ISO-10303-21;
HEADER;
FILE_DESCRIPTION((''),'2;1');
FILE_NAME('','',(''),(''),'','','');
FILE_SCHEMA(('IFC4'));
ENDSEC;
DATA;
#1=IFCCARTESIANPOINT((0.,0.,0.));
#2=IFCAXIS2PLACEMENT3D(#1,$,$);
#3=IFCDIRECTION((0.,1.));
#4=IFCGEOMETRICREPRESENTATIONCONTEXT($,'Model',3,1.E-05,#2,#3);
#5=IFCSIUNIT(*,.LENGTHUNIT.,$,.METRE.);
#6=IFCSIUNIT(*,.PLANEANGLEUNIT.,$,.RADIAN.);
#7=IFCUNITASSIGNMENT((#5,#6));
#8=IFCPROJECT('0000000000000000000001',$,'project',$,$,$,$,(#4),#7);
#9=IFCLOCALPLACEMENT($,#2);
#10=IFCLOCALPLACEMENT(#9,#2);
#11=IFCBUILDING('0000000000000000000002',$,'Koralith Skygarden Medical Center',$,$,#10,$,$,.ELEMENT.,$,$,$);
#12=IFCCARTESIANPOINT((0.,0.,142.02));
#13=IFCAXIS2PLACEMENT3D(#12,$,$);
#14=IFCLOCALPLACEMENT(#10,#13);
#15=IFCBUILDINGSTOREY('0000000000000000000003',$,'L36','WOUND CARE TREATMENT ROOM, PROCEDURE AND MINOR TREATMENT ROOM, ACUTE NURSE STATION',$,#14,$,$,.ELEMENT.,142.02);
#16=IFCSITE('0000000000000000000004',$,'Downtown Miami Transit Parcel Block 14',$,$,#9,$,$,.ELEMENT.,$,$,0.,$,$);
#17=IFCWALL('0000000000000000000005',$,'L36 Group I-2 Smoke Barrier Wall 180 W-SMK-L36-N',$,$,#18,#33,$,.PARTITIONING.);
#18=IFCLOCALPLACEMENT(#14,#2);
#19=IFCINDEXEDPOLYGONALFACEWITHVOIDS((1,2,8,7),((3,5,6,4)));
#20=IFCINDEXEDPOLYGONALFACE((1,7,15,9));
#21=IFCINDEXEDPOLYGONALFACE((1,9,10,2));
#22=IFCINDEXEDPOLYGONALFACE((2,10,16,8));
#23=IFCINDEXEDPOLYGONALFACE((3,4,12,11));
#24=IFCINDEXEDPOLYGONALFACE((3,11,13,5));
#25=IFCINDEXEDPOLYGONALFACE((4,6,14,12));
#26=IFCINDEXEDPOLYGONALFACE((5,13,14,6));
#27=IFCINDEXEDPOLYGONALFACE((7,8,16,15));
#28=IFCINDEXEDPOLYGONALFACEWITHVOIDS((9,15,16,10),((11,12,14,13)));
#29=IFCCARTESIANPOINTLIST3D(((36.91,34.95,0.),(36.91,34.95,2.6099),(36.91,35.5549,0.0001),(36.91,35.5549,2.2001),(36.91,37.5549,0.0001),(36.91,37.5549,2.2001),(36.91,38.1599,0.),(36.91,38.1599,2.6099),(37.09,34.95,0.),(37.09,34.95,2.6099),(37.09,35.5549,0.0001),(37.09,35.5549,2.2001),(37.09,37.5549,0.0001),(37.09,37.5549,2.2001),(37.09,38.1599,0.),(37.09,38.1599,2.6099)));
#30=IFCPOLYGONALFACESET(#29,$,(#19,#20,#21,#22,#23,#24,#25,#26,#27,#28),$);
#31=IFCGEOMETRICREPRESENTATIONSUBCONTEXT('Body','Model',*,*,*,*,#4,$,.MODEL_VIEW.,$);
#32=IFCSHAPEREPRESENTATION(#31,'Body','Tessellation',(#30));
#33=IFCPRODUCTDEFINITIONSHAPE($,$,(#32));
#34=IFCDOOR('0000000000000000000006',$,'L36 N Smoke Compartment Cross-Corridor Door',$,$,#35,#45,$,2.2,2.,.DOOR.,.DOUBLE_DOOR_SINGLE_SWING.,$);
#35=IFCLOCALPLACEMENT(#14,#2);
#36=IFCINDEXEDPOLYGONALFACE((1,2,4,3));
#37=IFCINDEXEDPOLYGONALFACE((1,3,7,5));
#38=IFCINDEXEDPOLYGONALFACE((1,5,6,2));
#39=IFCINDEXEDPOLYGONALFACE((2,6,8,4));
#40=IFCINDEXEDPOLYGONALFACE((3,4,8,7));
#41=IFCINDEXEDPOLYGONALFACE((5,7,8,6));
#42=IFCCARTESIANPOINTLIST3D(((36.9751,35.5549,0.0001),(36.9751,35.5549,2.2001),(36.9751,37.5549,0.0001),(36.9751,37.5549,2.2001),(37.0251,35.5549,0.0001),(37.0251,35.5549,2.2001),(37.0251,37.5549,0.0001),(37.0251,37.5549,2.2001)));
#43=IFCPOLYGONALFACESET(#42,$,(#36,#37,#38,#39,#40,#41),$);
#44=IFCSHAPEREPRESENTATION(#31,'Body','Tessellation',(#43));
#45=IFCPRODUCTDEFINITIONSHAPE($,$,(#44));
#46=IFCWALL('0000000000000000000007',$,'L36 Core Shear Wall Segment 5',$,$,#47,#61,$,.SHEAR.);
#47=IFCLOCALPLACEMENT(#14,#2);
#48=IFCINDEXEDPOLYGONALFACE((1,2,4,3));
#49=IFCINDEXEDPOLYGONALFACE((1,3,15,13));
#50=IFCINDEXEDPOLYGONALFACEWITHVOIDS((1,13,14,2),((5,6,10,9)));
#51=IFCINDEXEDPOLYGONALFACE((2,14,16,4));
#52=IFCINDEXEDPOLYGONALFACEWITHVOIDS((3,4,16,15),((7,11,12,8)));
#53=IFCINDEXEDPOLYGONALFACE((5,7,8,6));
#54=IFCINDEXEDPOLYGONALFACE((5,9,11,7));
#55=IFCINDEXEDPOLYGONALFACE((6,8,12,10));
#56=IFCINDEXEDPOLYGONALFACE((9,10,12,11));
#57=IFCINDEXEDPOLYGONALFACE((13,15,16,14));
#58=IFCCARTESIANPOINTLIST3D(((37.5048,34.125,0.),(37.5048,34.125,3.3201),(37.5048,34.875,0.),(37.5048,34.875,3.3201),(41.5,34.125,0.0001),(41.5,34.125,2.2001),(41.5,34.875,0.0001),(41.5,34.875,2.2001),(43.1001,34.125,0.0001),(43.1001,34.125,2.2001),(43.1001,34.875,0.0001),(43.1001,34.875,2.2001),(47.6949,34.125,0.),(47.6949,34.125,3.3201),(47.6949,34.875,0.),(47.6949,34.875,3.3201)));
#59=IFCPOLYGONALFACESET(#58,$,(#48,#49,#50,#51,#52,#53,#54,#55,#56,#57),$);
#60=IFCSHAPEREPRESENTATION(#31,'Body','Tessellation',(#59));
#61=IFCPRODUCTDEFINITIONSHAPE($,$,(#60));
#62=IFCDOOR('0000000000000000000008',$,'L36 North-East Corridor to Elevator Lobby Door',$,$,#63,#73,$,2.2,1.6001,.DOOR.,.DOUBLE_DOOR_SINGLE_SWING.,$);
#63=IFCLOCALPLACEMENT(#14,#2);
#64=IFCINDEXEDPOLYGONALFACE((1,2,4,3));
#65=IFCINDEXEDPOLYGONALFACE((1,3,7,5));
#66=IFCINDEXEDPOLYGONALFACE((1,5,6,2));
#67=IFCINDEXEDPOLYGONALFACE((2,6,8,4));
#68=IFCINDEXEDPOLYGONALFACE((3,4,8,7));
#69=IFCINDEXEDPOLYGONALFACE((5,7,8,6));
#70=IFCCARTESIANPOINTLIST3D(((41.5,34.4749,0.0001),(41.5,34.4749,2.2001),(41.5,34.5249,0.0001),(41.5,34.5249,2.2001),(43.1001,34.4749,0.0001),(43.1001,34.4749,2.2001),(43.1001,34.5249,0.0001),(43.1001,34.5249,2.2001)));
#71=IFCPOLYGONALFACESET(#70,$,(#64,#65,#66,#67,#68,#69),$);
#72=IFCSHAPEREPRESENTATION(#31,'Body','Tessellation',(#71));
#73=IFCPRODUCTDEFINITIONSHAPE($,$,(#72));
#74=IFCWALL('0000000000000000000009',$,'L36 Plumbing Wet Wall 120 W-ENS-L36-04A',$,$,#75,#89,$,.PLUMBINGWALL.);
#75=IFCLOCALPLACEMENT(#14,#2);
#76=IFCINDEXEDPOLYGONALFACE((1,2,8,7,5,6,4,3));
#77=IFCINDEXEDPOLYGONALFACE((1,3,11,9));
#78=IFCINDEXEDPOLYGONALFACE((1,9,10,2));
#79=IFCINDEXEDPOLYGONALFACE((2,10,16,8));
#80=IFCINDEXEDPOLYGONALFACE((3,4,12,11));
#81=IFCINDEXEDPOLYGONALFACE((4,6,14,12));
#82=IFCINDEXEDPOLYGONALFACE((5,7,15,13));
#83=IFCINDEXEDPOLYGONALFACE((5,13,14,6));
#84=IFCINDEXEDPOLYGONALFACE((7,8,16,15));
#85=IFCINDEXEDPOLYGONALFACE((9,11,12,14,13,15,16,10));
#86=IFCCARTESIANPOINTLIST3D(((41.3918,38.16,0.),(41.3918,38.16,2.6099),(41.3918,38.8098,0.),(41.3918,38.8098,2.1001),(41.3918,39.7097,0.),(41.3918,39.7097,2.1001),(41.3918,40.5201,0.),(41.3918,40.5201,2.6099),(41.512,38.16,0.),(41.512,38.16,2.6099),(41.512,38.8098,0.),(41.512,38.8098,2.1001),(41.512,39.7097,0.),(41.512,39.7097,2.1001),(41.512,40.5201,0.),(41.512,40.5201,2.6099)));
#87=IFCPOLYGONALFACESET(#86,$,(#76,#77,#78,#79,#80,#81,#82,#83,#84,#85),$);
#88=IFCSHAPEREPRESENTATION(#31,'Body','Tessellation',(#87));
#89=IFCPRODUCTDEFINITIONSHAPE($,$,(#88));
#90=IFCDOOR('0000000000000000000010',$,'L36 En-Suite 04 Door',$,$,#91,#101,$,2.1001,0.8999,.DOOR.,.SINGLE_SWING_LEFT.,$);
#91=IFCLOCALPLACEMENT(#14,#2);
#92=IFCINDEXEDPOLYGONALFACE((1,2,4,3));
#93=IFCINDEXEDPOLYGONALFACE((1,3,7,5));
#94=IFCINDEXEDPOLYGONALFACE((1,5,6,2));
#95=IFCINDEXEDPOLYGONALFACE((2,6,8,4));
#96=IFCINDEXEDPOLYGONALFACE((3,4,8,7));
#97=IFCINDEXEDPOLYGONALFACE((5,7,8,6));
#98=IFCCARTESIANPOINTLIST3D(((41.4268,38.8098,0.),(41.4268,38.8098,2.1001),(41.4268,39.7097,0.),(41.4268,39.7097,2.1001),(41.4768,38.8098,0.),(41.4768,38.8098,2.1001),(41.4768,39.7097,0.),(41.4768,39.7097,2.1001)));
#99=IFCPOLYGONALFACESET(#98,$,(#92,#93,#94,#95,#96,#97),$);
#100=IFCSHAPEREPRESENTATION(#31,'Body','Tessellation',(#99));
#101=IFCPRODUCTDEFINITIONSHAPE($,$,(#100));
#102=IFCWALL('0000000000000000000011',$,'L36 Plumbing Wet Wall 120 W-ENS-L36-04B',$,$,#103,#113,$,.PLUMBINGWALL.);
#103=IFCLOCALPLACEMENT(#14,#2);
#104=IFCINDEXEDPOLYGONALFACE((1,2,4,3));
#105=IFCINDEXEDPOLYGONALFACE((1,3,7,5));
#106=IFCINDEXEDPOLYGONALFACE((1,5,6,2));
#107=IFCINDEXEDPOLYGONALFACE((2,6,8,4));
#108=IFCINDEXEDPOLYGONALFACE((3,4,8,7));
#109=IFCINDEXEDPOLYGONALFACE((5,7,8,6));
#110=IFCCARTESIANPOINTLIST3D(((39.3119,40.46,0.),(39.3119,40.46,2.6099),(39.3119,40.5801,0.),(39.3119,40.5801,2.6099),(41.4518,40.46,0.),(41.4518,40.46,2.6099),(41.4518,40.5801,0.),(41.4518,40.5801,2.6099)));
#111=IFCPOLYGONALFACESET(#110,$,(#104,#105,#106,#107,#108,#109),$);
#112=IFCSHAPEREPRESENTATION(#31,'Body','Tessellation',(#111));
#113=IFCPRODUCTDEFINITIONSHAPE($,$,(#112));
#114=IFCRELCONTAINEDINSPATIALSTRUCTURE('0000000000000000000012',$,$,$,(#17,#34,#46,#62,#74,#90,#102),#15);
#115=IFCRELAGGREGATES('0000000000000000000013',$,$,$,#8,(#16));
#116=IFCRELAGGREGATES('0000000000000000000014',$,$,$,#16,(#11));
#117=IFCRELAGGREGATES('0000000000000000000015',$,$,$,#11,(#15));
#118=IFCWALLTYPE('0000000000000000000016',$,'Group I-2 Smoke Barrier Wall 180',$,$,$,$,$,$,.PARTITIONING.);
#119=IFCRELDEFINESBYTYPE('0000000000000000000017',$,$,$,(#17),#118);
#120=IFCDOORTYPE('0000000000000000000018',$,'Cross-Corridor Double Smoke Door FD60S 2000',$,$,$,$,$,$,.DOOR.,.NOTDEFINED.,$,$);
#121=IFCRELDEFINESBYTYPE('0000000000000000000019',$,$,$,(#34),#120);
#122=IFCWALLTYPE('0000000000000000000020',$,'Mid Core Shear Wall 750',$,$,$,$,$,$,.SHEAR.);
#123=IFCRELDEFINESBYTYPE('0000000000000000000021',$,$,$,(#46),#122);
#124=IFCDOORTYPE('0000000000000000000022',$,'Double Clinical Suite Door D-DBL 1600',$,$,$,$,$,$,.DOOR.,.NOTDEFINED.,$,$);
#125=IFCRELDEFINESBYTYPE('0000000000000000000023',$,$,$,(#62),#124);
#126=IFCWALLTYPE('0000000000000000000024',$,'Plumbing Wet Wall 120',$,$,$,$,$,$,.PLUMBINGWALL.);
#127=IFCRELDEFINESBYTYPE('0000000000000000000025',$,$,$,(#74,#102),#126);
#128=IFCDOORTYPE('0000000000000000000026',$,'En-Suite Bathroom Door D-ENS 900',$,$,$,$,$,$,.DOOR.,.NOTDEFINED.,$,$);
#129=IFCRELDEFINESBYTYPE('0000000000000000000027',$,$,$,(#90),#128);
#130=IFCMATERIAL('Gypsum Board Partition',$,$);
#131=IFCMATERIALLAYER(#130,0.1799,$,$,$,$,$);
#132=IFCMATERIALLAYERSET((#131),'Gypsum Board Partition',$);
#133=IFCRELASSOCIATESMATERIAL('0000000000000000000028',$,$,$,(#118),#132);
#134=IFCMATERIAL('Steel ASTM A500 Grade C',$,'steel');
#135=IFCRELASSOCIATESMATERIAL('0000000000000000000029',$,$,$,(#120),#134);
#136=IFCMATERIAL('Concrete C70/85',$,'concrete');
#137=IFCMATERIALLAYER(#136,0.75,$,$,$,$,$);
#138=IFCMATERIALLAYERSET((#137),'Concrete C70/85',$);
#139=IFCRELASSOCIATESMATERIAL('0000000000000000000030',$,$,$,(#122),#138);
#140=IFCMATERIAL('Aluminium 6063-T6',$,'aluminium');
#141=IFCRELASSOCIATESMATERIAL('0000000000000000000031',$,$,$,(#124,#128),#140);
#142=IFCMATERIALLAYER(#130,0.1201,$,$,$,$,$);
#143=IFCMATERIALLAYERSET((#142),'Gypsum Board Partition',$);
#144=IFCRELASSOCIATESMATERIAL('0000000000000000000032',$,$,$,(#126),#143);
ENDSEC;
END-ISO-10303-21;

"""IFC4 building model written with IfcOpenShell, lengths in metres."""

from ifc_helpers import new_model, si_unit, direction, frame, frame_2d, origin, place, context, subcontext, project, spatial, rectangle, extrude, material, layer, layer_set, type_object, element, fill, save


model = new_model("IFC4")

# Units and contexts
model_context = context("Model", 3, precision=1e-05, world=origin(), true_north=direction((0.0, 1.0)))
body_context = subcontext(model_context, "Body", "Model", "MODEL_VIEW")
ifc_project = project(units=[si_unit("LENGTHUNIT", "METRE"), si_unit("PLANEANGLEUNIT", "RADIAN")], contexts=[model_context])

# Site, building, storey
site_placement = place(None, origin())
site = spatial("IfcSite", under=ifc_project, at=site_placement, Name="Downtown Miami Transit Parcel Block 14", CompositionType="ELEMENT", RefElevation=0.0)
building_placement = place(site_placement, origin())
building = spatial("IfcBuilding", under=site, at=building_placement, Name="Koralith Skygarden Medical Center", CompositionType="ELEMENT")
storey_placement = place(building_placement, frame((0.0, 0.0, 142.02)))
storey = spatial("IfcBuildingStorey", under=building, at=storey_placement, Name="L36", Description="WOUND CARE TREATMENT ROOM, PROCEDURE AND MINOR TREATMENT ROOM, ACUTE NURSE STATION", CompositionType="ELEMENT", Elevation=142.02)

# Shared definitions
ifc_material_1 = material(Name="Concrete C70/85", Category="concrete")

# Shared definitions
ifc_material_2 = material(Name="Aluminium 6063-T6", Category="aluminium")

# Shared definitions
ifc_material_3 = material(Name="Gypsum Board Partition")

# Walls, openings, doors
ifc_layer_1 = layer(ifc_material_3, 0.1799)
ifc_layer_set_1 = layer_set([ifc_layer_1], Name="Gypsum Board Partition")
wall_type_1 = type_object("IfcWallType", Name="Group I-2 Smoke Barrier Wall 180", PredefinedType="PARTITIONING", material=ifc_layer_set_1)
wall_1_placement = place(storey_placement, frame((37.0, 34.95, 0.0), z_axis=(0.0, 0.0, 1.0), x_axis=(0.0, 1.0, 0.0)))
wall_1 = element("IfcWall", 1, at=wall_1_placement, inside=storey, type_object=wall_type_1, Name="L36 Group I-2 Smoke Barrier Wall 180 W-SMK-L36-N", PredefinedType="PARTITIONING", context=body_context, shape_type="SweptSolid", body=[
    extrude(rectangle(XDim=3.21, YDim=0.1799, at=frame_2d((1.605, 0.0))), origin(), (0.0, 0.0, 1.0), 2.6099),
])
opening_1_placement = place(wall_1_placement, frame((0.605, 0.0, 0.0)))
opening_1 = element("IfcOpeningElement", 2, at=opening_1_placement, cuts=wall_1, PredefinedType="OPENING", context=body_context, shape_type="SweptSolid", body=[
    extrude(rectangle(XDim=2.0, YDim=2.2, at=frame_2d((1.0, 1.1001))), frame((0.0, 0.0999, 0.0), z_axis=(0.0, -1.0, 0.0), x_axis=(1.0, 0.0, 0.0)), (0.0, 0.0, 1.0), 0.2),
])
ifc_material_4 = material(Name="Steel ASTM A500 Grade C", Category="steel")
door_type_1 = type_object("IfcDoorType", Name="Cross-Corridor Double Smoke Door FD60S 2000", OperationType="NOTDEFINED", PredefinedType="DOOR", material=ifc_material_4)
door_1_placement = place(opening_1_placement, origin())
door_1 = element("IfcDoor", 3, at=door_1_placement, inside=storey, type_object=door_type_1, Name="L36 N Smoke Compartment Cross-Corridor Door", OperationType="DOUBLE_DOOR_SINGLE_SWING", OverallHeight=2.2, OverallWidth=2.0, PredefinedType="DOOR", context=body_context, shape_type="SweptSolid", body=[
    extrude(rectangle(XDim=2.0, YDim=2.2, at=frame_2d((1.0, 1.1001))), frame((0.0, 0.0249, 0.0), z_axis=(0.0, -1.0, 0.0), x_axis=(1.0, 0.0, 0.0)), (0.0, 0.0, 1.0), 0.05),
])
fill(opening_1, door_1)
ifc_layer_2 = layer(ifc_material_1, 0.75)
ifc_layer_set_2 = layer_set([ifc_layer_2], Name="Concrete C70/85")
wall_type_2 = type_object("IfcWallType", Name="Mid Core Shear Wall 750", PredefinedType="SHEAR", material=ifc_layer_set_2)
wall_2_placement = place(storey_placement, frame((47.6951, 34.5, 0.0), z_axis=(0.0, 0.0, 1.0), x_axis=(-1.0, 0.0, 0.0)))
wall_2 = element("IfcWall", 4, at=wall_2_placement, inside=storey, type_object=wall_type_2, Name="L36 Core Shear Wall Segment 5", PredefinedType="SHEAR", context=body_context, shape_type="SweptSolid", body=[
    extrude(rectangle(XDim=10.1902, YDim=0.75, at=frame_2d((5.0952, 0.0))), origin(), (0.0, 0.0, 1.0), 3.3201),
])
opening_2_placement = place(wall_2_placement, frame((4.595, 0.0, 0.0)))
opening_2 = element("IfcOpeningElement", 5, at=opening_2_placement, cuts=wall_2, PredefinedType="OPENING", context=body_context, shape_type="SweptSolid", body=[
    extrude(rectangle(XDim=1.6001, YDim=2.2, at=frame_2d((0.8, 1.1001))), frame((0.0, 0.385, 0.0), z_axis=(0.0, -1.0, 0.0), x_axis=(1.0, 0.0, 0.0)), (0.0, 0.0, 1.0), 0.77),
])
door_type_2 = type_object("IfcDoorType", Name="Double Clinical Suite Door D-DBL 1600", OperationType="NOTDEFINED", PredefinedType="DOOR", material=ifc_material_2)
door_2_placement = place(opening_2_placement, frame((1.6001, 0.0, 0.0), z_axis=(0.0, 0.0, 1.0), x_axis=(-1.0, 0.0, 0.0)))
door_2 = element("IfcDoor", 6, at=door_2_placement, inside=storey, type_object=door_type_2, Name="L36 North-East Corridor to Elevator Lobby Door", OperationType="DOUBLE_DOOR_SINGLE_SWING", OverallHeight=2.2, OverallWidth=1.6001, PredefinedType="DOOR", context=body_context, shape_type="SweptSolid", body=[
    extrude(rectangle(XDim=1.6001, YDim=2.2, at=frame_2d((0.8, 1.1001))), frame((0.0, 0.0249, 0.0), z_axis=(0.0, -1.0, 0.0), x_axis=(1.0, 0.0, 0.0)), (0.0, 0.0, 1.0), 0.05),
])
fill(opening_2, door_2)
ifc_layer_3 = layer(ifc_material_3, 0.1201)
ifc_layer_set_3 = layer_set([ifc_layer_3], Name="Gypsum Board Partition")
wall_type_3 = type_object("IfcWallType", Name="Plumbing Wet Wall 120", PredefinedType="PLUMBINGWALL", material=ifc_layer_set_3)
wall_3_placement = place(storey_placement, frame((41.4519, 38.1599, 0.0), z_axis=(0.0, 0.0, 1.0), x_axis=(0.0, 1.0, 0.0)))
wall_3 = element("IfcWall", 7, at=wall_3_placement, inside=storey, type_object=wall_type_3, Name="L36 Plumbing Wet Wall 120 W-ENS-L36-04A", PredefinedType="PLUMBINGWALL", context=body_context, shape_type="SweptSolid", body=[
    extrude(rectangle(XDim=2.3601, YDim=0.1201, at=frame_2d((1.1802, 0.0))), origin(), (0.0, 0.0, 1.0), 2.6099),
])
opening_3_placement = place(wall_3_placement, frame((0.6499, 0.0, 0.0)))
opening_3 = element("IfcOpeningElement", 8, at=opening_3_placement, cuts=wall_3, PredefinedType="OPENING", context=body_context, shape_type="SweptSolid", body=[
    extrude(rectangle(XDim=0.8999, YDim=2.1001, at=frame_2d((0.45, 1.05))), frame((0.0, 0.0701, 0.0), z_axis=(0.0, -1.0, 0.0), x_axis=(1.0, 0.0, 0.0)), (0.0, 0.0, 1.0), 0.1401),
])
door_type_3 = type_object("IfcDoorType", Name="En-Suite Bathroom Door D-ENS 900", OperationType="NOTDEFINED", PredefinedType="DOOR", material=ifc_material_2)
door_3_placement = place(opening_3_placement, frame((0.8999, 0.0, 0.0), z_axis=(0.0, 0.0, 1.0), x_axis=(-1.0, 0.0, 0.0)))
door_3 = element("IfcDoor", 9, at=door_3_placement, inside=storey, type_object=door_type_3, Name="L36 En-Suite 04 Door", OperationType="SINGLE_SWING_LEFT", OverallHeight=2.1001, OverallWidth=0.8999, PredefinedType="DOOR", context=body_context, shape_type="SweptSolid", body=[
    extrude(rectangle(XDim=0.8999, YDim=2.1001, at=frame_2d((0.45, 1.05))), frame((0.0, 0.0249, 0.0), z_axis=(0.0, -1.0, 0.0), x_axis=(1.0, 0.0, 0.0)), (0.0, 0.0, 1.0), 0.05),
])
fill(opening_3, door_3)

# Wall
wall_4_placement = place(storey_placement, frame((39.312, 40.52, 0.0), z_axis=(0.0, 0.0, 1.0), x_axis=(1.0, 0.0, 0.0)))
element("IfcWall", 10, at=wall_4_placement, inside=storey, type_object=wall_type_3, Name="L36 Plumbing Wet Wall 120 W-ENS-L36-04B", PredefinedType="PLUMBINGWALL", context=body_context, shape_type="SweptSolid", body=[
    extrude(rectangle(XDim=2.1399, YDim=0.1201, at=frame_2d((1.0698, 0.0))), origin(), (0.0, 0.0, 1.0), 2.6099),
])

save(model, "model.ifc")
